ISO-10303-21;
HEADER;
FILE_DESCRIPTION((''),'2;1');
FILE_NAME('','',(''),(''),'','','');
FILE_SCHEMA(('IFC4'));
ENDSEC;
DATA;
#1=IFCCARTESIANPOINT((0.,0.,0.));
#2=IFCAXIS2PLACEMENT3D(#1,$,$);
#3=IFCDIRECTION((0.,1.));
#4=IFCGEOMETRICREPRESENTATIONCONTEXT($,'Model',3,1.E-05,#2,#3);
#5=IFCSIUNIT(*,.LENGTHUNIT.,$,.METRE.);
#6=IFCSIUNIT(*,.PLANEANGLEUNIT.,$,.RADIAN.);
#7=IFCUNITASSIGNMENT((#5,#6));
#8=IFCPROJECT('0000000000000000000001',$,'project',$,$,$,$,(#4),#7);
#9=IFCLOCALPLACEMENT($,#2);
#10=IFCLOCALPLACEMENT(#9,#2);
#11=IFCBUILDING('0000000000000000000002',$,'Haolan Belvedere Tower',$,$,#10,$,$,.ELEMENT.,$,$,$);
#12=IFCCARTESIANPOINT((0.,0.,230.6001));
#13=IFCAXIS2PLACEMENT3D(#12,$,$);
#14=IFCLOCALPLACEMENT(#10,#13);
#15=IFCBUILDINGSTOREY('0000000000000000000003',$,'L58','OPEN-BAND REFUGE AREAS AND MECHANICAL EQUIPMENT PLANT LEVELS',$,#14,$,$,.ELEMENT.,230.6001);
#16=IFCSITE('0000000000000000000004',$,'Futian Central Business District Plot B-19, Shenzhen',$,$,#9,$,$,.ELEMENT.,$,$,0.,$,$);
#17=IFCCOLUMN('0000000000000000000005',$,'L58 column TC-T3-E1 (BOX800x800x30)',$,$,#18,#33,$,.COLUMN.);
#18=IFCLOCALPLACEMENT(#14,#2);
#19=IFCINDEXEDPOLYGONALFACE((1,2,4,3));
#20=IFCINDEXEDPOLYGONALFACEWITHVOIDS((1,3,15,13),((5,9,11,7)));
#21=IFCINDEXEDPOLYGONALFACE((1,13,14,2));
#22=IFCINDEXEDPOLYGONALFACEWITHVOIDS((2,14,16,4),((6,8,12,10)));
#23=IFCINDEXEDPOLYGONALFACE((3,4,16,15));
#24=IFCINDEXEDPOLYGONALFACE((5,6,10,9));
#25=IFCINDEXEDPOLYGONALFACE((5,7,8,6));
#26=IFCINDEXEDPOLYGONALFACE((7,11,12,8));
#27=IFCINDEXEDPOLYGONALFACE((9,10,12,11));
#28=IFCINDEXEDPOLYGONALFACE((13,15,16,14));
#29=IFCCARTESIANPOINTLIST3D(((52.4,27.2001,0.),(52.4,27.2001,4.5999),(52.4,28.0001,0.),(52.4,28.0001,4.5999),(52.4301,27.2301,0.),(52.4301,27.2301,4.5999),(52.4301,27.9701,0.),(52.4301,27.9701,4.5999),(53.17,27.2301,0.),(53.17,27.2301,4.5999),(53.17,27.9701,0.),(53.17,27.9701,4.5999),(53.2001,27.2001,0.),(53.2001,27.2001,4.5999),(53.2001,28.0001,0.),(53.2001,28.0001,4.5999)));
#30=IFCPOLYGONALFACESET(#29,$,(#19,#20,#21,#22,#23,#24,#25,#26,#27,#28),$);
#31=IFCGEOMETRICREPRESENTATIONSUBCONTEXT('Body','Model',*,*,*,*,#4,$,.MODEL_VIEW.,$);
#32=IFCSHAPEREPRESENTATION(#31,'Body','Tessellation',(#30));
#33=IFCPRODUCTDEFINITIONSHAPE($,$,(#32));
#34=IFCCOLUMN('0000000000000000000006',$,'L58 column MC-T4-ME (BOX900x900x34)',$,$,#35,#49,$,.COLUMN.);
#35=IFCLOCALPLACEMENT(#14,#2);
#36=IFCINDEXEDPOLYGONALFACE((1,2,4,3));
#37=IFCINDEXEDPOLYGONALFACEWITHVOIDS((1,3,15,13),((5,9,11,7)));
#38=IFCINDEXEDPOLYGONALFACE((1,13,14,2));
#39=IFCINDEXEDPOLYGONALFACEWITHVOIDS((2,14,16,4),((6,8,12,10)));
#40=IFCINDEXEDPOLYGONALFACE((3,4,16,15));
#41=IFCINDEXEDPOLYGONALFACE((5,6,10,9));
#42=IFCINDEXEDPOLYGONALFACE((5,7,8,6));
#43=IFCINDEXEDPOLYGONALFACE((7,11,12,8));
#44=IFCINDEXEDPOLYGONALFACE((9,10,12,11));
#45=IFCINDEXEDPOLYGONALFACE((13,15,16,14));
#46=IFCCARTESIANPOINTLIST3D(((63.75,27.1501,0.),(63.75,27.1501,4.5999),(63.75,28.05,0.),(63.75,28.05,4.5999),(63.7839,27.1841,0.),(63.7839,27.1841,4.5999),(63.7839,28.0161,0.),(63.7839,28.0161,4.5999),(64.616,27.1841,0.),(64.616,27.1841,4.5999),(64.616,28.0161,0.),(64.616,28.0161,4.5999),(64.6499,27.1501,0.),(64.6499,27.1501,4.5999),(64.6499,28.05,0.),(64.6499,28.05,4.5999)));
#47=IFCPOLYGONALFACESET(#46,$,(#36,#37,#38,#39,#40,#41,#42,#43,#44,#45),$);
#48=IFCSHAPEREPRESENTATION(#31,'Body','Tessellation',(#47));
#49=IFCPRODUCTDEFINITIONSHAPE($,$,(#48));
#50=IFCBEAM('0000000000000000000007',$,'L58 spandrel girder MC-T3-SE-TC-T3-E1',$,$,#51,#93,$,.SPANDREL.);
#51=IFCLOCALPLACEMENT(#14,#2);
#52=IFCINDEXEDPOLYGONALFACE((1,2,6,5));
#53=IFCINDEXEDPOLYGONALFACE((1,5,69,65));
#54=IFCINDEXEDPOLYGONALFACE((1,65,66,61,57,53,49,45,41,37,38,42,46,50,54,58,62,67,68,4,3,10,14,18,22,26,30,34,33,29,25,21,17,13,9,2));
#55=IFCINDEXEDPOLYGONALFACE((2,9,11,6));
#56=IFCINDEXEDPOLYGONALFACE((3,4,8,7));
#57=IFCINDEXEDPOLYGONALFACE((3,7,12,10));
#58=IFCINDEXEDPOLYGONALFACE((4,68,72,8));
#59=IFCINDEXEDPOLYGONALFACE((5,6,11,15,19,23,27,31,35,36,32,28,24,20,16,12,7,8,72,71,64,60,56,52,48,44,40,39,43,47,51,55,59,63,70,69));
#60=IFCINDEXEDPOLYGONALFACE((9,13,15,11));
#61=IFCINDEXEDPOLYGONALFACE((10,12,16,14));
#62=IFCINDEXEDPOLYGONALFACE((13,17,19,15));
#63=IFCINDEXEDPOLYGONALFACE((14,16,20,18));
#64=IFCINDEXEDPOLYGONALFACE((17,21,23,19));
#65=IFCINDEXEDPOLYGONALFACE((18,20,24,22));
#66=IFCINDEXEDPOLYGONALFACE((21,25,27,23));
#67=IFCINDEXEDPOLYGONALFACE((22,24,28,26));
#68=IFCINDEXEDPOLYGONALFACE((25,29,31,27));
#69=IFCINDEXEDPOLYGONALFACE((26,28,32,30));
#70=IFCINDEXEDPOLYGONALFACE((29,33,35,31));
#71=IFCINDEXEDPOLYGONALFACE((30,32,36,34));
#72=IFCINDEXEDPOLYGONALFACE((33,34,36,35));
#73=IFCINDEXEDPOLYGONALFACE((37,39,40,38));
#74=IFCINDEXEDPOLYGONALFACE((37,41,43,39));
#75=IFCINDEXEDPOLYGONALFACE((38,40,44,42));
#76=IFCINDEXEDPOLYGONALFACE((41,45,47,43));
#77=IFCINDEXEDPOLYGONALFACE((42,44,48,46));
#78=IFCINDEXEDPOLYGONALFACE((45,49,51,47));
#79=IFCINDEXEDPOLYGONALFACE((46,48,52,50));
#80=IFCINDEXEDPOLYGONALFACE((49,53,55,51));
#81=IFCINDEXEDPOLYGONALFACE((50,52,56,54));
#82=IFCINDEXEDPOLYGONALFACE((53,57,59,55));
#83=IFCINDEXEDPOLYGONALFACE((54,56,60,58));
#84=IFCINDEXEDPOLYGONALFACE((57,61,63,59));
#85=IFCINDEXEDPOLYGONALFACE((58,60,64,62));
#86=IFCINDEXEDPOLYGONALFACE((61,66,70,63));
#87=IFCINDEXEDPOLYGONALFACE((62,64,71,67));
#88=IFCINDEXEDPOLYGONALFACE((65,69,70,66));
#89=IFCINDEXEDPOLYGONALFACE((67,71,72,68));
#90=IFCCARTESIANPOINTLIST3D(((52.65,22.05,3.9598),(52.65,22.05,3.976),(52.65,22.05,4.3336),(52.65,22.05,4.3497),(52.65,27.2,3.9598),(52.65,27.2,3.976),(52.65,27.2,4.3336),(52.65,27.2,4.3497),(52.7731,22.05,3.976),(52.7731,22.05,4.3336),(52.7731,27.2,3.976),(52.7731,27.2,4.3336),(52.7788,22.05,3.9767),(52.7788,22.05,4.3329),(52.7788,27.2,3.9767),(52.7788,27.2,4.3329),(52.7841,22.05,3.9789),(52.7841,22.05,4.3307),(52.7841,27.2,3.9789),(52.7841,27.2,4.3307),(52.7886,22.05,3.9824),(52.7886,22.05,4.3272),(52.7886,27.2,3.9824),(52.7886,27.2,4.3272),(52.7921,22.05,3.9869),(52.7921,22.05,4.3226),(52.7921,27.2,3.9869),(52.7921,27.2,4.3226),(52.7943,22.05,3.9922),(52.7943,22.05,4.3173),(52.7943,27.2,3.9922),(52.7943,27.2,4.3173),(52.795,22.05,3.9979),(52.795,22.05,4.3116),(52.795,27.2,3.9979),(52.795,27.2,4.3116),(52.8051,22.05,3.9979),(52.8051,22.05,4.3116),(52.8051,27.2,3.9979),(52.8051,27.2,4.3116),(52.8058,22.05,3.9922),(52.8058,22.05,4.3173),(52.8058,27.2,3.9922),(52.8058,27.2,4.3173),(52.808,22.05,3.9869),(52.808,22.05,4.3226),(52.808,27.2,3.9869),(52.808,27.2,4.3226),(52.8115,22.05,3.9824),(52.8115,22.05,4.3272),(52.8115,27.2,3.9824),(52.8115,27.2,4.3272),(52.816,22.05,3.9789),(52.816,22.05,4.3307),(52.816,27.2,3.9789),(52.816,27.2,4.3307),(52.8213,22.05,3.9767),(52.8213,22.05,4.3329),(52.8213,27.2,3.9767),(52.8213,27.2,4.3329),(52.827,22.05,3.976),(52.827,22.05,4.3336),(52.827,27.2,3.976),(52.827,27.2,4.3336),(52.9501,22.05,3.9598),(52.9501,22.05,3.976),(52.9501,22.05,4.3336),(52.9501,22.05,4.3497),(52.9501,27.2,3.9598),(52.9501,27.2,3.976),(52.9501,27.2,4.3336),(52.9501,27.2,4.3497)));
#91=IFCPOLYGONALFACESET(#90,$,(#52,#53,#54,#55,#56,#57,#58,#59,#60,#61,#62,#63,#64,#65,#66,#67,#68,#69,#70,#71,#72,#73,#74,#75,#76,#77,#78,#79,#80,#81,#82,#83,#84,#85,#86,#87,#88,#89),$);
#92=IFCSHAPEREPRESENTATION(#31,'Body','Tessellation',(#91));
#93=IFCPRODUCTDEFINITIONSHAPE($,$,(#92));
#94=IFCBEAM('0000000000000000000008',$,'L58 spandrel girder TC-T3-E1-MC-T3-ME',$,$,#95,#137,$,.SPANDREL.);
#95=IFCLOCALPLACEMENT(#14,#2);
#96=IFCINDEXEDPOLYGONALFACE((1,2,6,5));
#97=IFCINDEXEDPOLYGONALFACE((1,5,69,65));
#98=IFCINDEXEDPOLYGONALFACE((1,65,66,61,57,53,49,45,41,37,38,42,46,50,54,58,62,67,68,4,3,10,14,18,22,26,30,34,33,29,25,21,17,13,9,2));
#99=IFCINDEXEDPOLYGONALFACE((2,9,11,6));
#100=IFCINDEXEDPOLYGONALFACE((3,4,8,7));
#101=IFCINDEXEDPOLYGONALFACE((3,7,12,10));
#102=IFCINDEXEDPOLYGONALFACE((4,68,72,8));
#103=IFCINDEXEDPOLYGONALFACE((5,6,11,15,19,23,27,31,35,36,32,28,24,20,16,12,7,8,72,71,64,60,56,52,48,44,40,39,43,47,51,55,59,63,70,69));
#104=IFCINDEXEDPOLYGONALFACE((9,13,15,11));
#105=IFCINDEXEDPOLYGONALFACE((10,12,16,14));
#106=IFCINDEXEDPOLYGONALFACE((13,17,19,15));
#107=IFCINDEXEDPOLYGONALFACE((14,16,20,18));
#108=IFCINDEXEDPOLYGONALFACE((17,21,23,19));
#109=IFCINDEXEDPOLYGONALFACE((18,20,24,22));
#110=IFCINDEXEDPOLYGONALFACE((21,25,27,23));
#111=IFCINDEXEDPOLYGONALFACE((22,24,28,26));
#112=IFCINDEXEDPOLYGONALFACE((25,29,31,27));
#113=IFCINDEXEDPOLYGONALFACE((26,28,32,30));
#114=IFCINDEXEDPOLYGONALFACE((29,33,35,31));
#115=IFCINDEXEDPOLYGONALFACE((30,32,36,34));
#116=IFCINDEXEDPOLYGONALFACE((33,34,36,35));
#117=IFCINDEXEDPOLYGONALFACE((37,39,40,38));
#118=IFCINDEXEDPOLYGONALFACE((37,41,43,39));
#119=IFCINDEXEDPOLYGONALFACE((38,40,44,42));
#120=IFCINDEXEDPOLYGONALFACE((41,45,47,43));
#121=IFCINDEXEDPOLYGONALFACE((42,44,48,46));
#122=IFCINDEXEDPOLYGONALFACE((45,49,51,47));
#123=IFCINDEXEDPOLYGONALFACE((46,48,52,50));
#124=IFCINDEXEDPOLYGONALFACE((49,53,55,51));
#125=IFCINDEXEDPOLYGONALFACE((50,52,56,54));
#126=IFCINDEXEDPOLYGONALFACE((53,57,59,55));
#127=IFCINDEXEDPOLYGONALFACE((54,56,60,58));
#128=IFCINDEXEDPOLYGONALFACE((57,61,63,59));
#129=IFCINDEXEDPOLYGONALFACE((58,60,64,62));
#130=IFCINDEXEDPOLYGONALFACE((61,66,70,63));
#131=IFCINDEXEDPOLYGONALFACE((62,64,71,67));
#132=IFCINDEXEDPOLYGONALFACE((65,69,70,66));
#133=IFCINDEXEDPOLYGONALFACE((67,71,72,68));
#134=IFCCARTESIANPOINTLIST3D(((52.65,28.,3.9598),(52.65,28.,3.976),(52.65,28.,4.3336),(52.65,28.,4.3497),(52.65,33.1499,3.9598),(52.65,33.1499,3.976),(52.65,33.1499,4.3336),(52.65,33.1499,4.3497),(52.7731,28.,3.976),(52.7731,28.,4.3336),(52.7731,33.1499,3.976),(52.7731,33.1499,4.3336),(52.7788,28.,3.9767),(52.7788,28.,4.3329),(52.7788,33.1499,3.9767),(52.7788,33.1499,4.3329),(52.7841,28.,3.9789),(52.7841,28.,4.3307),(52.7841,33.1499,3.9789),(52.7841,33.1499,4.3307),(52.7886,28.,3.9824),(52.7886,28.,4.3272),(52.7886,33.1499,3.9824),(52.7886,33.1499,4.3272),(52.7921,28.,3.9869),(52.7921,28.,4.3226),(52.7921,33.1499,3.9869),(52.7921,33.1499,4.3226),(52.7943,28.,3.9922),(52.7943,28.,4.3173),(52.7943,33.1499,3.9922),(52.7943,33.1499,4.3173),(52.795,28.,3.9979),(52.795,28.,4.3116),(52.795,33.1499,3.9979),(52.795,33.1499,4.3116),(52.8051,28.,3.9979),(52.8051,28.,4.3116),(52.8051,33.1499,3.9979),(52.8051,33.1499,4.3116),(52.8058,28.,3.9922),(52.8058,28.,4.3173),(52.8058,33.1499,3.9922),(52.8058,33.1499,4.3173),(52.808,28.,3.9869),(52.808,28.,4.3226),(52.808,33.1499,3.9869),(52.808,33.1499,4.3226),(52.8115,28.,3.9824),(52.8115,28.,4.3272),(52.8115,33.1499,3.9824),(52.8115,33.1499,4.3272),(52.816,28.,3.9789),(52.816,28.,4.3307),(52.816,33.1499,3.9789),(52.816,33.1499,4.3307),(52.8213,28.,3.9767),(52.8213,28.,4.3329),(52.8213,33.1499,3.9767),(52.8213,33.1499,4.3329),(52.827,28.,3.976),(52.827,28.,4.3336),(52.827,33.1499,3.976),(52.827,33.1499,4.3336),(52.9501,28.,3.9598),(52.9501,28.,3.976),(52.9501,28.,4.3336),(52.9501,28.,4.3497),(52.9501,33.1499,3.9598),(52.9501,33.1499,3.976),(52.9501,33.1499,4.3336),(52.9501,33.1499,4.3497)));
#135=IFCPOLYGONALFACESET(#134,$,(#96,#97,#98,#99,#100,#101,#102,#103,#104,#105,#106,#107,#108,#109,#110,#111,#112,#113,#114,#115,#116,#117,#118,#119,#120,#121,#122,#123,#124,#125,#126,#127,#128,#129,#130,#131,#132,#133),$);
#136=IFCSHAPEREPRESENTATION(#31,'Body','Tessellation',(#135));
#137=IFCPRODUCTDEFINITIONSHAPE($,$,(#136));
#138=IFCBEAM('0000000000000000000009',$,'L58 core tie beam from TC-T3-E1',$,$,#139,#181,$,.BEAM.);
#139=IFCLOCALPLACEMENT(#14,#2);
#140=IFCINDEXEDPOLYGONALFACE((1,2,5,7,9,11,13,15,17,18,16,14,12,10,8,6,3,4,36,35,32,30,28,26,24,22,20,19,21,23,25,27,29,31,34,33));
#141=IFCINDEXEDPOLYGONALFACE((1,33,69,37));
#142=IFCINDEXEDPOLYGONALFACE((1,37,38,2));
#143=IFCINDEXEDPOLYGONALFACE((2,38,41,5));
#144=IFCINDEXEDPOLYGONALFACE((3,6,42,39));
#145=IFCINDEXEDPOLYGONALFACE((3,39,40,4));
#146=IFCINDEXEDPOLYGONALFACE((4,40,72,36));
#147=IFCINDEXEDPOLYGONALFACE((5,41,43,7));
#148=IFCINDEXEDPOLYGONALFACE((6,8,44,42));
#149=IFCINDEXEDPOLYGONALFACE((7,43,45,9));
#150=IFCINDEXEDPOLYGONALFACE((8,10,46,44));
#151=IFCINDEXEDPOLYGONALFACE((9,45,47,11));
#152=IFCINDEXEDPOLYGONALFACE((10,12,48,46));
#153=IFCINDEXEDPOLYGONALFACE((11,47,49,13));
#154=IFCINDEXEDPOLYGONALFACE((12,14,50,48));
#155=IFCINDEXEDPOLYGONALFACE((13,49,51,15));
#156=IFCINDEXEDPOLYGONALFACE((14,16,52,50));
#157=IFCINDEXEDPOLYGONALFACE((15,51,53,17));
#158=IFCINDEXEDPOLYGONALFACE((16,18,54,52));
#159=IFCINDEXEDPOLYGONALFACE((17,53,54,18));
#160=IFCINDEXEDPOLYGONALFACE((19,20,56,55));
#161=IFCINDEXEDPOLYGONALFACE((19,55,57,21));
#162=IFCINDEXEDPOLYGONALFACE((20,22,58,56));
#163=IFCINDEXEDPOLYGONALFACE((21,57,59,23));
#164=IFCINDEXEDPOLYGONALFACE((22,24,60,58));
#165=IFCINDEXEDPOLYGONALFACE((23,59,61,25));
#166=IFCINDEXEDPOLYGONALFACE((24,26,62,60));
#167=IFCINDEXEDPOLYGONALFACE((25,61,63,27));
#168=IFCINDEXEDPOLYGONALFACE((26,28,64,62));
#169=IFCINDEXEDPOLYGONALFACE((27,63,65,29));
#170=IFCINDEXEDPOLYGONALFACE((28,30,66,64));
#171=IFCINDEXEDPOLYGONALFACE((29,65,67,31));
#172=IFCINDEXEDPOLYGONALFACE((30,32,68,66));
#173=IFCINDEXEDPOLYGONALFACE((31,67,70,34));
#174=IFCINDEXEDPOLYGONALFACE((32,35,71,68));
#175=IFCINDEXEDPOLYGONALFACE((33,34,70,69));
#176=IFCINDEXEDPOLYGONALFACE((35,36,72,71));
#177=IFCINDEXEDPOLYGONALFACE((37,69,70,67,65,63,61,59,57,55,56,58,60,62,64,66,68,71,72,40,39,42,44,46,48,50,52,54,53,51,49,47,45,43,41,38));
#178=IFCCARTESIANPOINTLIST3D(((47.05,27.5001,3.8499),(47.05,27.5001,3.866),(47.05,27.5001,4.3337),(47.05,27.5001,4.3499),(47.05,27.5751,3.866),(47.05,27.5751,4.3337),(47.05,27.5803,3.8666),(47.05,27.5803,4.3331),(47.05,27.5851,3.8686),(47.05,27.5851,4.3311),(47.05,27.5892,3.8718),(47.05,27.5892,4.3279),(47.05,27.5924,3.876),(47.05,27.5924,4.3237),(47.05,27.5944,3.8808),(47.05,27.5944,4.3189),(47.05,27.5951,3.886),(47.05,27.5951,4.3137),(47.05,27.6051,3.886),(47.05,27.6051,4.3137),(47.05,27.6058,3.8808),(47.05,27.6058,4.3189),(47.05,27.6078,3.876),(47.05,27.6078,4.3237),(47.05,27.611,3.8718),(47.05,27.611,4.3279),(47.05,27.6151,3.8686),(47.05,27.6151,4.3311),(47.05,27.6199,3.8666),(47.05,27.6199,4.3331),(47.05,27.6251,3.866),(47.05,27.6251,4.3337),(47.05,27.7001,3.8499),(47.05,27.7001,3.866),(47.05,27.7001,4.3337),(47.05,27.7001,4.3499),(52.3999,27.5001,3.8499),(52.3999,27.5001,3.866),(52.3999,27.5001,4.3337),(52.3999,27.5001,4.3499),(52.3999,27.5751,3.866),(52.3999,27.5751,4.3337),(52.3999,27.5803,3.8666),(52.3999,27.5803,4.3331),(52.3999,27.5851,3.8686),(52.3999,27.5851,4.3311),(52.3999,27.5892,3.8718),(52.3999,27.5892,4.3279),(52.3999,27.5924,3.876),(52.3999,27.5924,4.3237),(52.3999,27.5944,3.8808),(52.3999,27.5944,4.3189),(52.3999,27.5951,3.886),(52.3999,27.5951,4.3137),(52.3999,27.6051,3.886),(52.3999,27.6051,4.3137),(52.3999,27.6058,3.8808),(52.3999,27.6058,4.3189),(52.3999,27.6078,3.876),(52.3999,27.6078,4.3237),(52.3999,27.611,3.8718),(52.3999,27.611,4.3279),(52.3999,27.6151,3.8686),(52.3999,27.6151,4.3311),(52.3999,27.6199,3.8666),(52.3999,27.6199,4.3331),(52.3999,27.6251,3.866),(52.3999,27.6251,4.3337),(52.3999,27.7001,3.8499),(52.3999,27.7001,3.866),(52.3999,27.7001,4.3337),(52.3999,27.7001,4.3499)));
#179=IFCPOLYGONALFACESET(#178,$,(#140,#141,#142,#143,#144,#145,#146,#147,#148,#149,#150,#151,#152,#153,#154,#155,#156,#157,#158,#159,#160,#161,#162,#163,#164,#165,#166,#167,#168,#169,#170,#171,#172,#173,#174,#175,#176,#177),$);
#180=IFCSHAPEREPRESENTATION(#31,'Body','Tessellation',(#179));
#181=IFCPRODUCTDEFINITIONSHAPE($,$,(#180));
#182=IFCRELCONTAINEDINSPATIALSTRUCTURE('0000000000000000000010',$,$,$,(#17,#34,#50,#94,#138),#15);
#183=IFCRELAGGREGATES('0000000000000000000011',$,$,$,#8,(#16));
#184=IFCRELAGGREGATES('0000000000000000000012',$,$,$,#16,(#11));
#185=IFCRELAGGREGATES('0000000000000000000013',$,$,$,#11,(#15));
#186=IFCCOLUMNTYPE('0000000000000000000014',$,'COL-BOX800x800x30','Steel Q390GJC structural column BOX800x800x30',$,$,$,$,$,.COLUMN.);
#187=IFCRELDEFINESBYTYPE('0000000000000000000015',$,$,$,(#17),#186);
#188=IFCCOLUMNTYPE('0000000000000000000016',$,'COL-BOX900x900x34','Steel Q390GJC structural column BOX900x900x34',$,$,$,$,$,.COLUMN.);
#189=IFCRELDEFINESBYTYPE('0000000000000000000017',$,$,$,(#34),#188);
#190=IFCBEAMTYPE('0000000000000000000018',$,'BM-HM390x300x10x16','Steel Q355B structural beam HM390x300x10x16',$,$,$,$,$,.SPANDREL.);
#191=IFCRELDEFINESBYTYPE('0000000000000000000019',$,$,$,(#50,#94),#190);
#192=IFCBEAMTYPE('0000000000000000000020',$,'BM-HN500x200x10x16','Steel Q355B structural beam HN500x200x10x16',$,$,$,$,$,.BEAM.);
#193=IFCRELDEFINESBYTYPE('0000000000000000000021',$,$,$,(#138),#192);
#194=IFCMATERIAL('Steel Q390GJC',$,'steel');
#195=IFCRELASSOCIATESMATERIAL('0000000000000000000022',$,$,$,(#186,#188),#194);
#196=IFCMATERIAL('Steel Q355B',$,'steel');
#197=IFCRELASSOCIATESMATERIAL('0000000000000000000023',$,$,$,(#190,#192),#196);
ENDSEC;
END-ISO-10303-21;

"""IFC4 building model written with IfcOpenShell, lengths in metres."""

from ifc_helpers import new_model, si_unit, direction, frame, origin, origin_2d, place, context, subcontext, project, spatial, hollow_rectangle, i_section, extrude, material, material_profile, profile_set, type_object, element, save


model = new_model("IFC4")

# Units and contexts
model_context = context("Model", 3, precision=1e-05, world=origin(), true_north=direction((0.0, 1.0)))
body_context = subcontext(model_context, "Body", "Model", "MODEL_VIEW")
ifc_project = project(units=[si_unit("LENGTHUNIT", "METRE"), si_unit("PLANEANGLEUNIT", "RADIAN")], contexts=[model_context])

# Site, building, storey
site_placement = place(None, origin())
site = spatial("IfcSite", under=ifc_project, at=site_placement, Name="Futian Central Business District Plot B-19, Shenzhen", CompositionType="ELEMENT", RefElevation=0.0)
building_placement = place(site_placement, origin())
building = spatial("IfcBuilding", under=site, at=building_placement, Name="Haolan Belvedere Tower", CompositionType="ELEMENT")
storey_placement = place(building_placement, frame((0.0, 0.0, 230.6001)))
storey = spatial("IfcBuildingStorey", under=building, at=storey_placement, Name="L58", Description="OPEN-BAND REFUGE AREAS AND MECHANICAL EQUIPMENT PLANT LEVELS", CompositionType="ELEMENT", Elevation=230.6001)

# Columns
ifc_material_1 = material(Name="Steel Q390GJC", Category="steel")
ifc_material_profile_1 = material_profile(ifc_material_1, hollow_rectangle(XDim=0.8, YDim=0.8, WallThickness=0.03, at=origin_2d()), Name="Steel Q390GJC")
ifc_profile_set_1 = profile_set([ifc_material_profile_1], Name="Steel Q390GJC")
column_type_1 = type_object("IfcColumnType", Name="COL-BOX800x800x30", Description="Steel Q390GJC structural column BOX800x800x30", PredefinedType="COLUMN", material=ifc_profile_set_1)
column_1_placement = place(storey_placement, frame((52.8, 27.6001, 0.0), z_axis=(0.0, 0.0, 1.0), x_axis=(1.0, 0.0, 0.0)))
element("IfcColumn", 1, at=column_1_placement, inside=storey, type_object=column_type_1, Name="L58 column TC-T3-E1 (BOX800x800x30)", PredefinedType="COLUMN", context=body_context, shape_type="SweptSolid", body=[
    extrude(hollow_rectangle(XDim=0.8, YDim=0.8, WallThickness=0.03, at=origin_2d()), origin(), (0.0, 0.0, 1.0), 4.5999),
])
ifc_material_profile_2 = material_profile(ifc_material_1, hollow_rectangle(XDim=0.8999, YDim=0.8999, WallThickness=0.0339, at=origin_2d()), Name="Steel Q390GJC")
ifc_profile_set_2 = profile_set([ifc_material_profile_2], Name="Steel Q390GJC")
column_type_2 = type_object("IfcColumnType", Name="COL-BOX900x900x34", Description="Steel Q390GJC structural column BOX900x900x34", PredefinedType="COLUMN", material=ifc_profile_set_2)
column_2_placement = place(storey_placement, frame((64.2, 27.6001, 0.0), z_axis=(0.0, 0.0, 1.0), x_axis=(1.0, 0.0, 0.0)))
element("IfcColumn", 2, at=column_2_placement, inside=storey, type_object=column_type_2, Name="L58 column MC-T4-ME (BOX900x900x34)", PredefinedType="COLUMN", context=body_context, shape_type="SweptSolid", body=[
    extrude(hollow_rectangle(XDim=0.8999, YDim=0.8999, WallThickness=0.0339, at=origin_2d()), origin(), (0.0, 0.0, 1.0), 4.5999),
])

# Beams
ifc_material_2 = material(Name="Steel Q355B", Category="steel")
ifc_material_profile_3 = material_profile(ifc_material_2, i_section(OverallWidth=0.3, OverallDepth=0.3899, WebThickness=0.01, FlangeThickness=0.0161, FilletRadius=0.022, at=origin_2d()), Name="Steel Q355B")
ifc_profile_set_3 = profile_set([ifc_material_profile_3], Name="Steel Q355B")
beam_type_1 = type_object("IfcBeamType", Name="BM-HM390x300x10x16", Description="Steel Q355B structural beam HM390x300x10x16", PredefinedType="SPANDREL", material=ifc_profile_set_3)
for number, where, z_axis, x_axis, name in (
    (3, (52.8, 22.05, 4.1548), (0.0, 1.0, 0.0), (-1.0, 0.0, 0.0), "L58 spandrel girder MC-T3-SE-TC-T3-E1"),
    (4, (52.8, 28.0, 4.1548), (0.0, 1.0, 0.0), (-1.0, 0.0, 0.0), "L58 spandrel girder TC-T3-E1-MC-T3-ME"),
):
    element("IfcBeam", number, at=place(storey_placement, frame(where, z_axis=z_axis, x_axis=x_axis)), inside=storey, type_object=beam_type_1, Name=name, PredefinedType="SPANDREL", context=body_context, shape_type="SweptSolid", body=[
        extrude(i_section(OverallWidth=0.3, OverallDepth=0.3899, WebThickness=0.01, FlangeThickness=0.0161, FilletRadius=0.022, at=origin_2d()), origin(), (0.0, 0.0, 1.0), 5.1499),
    ])
ifc_material_profile_4 = material_profile(ifc_material_2, i_section(OverallWidth=0.2, OverallDepth=0.5, WebThickness=0.01, FlangeThickness=0.0161, FilletRadius=0.02, at=origin_2d()), Name="Steel Q355B")
ifc_profile_set_4 = profile_set([ifc_material_profile_4], Name="Steel Q355B")
beam_type_2 = type_object("IfcBeamType", Name="BM-HN500x200x10x16", Description="Steel Q355B structural beam HN500x200x10x16", PredefinedType="BEAM", material=ifc_profile_set_4)
beam_placement = place(storey_placement, frame((52.3999, 27.6001, 4.0999), z_axis=(-1.0, 0.0, 0.0), x_axis=(0.0, -1.0, 0.0)))
element("IfcBeam", 5, at=beam_placement, inside=storey, type_object=beam_type_2, Name="L58 core tie beam from TC-T3-E1", PredefinedType="BEAM", context=body_context, shape_type="SweptSolid", body=[
    extrude(i_section(OverallWidth=0.2, OverallDepth=0.5, WebThickness=0.01, FlangeThickness=0.0161, FilletRadius=0.02, at=origin_2d()), origin(), (0.0, 0.0, 1.0), 5.3499),
])

save(model, "model.ifc")
